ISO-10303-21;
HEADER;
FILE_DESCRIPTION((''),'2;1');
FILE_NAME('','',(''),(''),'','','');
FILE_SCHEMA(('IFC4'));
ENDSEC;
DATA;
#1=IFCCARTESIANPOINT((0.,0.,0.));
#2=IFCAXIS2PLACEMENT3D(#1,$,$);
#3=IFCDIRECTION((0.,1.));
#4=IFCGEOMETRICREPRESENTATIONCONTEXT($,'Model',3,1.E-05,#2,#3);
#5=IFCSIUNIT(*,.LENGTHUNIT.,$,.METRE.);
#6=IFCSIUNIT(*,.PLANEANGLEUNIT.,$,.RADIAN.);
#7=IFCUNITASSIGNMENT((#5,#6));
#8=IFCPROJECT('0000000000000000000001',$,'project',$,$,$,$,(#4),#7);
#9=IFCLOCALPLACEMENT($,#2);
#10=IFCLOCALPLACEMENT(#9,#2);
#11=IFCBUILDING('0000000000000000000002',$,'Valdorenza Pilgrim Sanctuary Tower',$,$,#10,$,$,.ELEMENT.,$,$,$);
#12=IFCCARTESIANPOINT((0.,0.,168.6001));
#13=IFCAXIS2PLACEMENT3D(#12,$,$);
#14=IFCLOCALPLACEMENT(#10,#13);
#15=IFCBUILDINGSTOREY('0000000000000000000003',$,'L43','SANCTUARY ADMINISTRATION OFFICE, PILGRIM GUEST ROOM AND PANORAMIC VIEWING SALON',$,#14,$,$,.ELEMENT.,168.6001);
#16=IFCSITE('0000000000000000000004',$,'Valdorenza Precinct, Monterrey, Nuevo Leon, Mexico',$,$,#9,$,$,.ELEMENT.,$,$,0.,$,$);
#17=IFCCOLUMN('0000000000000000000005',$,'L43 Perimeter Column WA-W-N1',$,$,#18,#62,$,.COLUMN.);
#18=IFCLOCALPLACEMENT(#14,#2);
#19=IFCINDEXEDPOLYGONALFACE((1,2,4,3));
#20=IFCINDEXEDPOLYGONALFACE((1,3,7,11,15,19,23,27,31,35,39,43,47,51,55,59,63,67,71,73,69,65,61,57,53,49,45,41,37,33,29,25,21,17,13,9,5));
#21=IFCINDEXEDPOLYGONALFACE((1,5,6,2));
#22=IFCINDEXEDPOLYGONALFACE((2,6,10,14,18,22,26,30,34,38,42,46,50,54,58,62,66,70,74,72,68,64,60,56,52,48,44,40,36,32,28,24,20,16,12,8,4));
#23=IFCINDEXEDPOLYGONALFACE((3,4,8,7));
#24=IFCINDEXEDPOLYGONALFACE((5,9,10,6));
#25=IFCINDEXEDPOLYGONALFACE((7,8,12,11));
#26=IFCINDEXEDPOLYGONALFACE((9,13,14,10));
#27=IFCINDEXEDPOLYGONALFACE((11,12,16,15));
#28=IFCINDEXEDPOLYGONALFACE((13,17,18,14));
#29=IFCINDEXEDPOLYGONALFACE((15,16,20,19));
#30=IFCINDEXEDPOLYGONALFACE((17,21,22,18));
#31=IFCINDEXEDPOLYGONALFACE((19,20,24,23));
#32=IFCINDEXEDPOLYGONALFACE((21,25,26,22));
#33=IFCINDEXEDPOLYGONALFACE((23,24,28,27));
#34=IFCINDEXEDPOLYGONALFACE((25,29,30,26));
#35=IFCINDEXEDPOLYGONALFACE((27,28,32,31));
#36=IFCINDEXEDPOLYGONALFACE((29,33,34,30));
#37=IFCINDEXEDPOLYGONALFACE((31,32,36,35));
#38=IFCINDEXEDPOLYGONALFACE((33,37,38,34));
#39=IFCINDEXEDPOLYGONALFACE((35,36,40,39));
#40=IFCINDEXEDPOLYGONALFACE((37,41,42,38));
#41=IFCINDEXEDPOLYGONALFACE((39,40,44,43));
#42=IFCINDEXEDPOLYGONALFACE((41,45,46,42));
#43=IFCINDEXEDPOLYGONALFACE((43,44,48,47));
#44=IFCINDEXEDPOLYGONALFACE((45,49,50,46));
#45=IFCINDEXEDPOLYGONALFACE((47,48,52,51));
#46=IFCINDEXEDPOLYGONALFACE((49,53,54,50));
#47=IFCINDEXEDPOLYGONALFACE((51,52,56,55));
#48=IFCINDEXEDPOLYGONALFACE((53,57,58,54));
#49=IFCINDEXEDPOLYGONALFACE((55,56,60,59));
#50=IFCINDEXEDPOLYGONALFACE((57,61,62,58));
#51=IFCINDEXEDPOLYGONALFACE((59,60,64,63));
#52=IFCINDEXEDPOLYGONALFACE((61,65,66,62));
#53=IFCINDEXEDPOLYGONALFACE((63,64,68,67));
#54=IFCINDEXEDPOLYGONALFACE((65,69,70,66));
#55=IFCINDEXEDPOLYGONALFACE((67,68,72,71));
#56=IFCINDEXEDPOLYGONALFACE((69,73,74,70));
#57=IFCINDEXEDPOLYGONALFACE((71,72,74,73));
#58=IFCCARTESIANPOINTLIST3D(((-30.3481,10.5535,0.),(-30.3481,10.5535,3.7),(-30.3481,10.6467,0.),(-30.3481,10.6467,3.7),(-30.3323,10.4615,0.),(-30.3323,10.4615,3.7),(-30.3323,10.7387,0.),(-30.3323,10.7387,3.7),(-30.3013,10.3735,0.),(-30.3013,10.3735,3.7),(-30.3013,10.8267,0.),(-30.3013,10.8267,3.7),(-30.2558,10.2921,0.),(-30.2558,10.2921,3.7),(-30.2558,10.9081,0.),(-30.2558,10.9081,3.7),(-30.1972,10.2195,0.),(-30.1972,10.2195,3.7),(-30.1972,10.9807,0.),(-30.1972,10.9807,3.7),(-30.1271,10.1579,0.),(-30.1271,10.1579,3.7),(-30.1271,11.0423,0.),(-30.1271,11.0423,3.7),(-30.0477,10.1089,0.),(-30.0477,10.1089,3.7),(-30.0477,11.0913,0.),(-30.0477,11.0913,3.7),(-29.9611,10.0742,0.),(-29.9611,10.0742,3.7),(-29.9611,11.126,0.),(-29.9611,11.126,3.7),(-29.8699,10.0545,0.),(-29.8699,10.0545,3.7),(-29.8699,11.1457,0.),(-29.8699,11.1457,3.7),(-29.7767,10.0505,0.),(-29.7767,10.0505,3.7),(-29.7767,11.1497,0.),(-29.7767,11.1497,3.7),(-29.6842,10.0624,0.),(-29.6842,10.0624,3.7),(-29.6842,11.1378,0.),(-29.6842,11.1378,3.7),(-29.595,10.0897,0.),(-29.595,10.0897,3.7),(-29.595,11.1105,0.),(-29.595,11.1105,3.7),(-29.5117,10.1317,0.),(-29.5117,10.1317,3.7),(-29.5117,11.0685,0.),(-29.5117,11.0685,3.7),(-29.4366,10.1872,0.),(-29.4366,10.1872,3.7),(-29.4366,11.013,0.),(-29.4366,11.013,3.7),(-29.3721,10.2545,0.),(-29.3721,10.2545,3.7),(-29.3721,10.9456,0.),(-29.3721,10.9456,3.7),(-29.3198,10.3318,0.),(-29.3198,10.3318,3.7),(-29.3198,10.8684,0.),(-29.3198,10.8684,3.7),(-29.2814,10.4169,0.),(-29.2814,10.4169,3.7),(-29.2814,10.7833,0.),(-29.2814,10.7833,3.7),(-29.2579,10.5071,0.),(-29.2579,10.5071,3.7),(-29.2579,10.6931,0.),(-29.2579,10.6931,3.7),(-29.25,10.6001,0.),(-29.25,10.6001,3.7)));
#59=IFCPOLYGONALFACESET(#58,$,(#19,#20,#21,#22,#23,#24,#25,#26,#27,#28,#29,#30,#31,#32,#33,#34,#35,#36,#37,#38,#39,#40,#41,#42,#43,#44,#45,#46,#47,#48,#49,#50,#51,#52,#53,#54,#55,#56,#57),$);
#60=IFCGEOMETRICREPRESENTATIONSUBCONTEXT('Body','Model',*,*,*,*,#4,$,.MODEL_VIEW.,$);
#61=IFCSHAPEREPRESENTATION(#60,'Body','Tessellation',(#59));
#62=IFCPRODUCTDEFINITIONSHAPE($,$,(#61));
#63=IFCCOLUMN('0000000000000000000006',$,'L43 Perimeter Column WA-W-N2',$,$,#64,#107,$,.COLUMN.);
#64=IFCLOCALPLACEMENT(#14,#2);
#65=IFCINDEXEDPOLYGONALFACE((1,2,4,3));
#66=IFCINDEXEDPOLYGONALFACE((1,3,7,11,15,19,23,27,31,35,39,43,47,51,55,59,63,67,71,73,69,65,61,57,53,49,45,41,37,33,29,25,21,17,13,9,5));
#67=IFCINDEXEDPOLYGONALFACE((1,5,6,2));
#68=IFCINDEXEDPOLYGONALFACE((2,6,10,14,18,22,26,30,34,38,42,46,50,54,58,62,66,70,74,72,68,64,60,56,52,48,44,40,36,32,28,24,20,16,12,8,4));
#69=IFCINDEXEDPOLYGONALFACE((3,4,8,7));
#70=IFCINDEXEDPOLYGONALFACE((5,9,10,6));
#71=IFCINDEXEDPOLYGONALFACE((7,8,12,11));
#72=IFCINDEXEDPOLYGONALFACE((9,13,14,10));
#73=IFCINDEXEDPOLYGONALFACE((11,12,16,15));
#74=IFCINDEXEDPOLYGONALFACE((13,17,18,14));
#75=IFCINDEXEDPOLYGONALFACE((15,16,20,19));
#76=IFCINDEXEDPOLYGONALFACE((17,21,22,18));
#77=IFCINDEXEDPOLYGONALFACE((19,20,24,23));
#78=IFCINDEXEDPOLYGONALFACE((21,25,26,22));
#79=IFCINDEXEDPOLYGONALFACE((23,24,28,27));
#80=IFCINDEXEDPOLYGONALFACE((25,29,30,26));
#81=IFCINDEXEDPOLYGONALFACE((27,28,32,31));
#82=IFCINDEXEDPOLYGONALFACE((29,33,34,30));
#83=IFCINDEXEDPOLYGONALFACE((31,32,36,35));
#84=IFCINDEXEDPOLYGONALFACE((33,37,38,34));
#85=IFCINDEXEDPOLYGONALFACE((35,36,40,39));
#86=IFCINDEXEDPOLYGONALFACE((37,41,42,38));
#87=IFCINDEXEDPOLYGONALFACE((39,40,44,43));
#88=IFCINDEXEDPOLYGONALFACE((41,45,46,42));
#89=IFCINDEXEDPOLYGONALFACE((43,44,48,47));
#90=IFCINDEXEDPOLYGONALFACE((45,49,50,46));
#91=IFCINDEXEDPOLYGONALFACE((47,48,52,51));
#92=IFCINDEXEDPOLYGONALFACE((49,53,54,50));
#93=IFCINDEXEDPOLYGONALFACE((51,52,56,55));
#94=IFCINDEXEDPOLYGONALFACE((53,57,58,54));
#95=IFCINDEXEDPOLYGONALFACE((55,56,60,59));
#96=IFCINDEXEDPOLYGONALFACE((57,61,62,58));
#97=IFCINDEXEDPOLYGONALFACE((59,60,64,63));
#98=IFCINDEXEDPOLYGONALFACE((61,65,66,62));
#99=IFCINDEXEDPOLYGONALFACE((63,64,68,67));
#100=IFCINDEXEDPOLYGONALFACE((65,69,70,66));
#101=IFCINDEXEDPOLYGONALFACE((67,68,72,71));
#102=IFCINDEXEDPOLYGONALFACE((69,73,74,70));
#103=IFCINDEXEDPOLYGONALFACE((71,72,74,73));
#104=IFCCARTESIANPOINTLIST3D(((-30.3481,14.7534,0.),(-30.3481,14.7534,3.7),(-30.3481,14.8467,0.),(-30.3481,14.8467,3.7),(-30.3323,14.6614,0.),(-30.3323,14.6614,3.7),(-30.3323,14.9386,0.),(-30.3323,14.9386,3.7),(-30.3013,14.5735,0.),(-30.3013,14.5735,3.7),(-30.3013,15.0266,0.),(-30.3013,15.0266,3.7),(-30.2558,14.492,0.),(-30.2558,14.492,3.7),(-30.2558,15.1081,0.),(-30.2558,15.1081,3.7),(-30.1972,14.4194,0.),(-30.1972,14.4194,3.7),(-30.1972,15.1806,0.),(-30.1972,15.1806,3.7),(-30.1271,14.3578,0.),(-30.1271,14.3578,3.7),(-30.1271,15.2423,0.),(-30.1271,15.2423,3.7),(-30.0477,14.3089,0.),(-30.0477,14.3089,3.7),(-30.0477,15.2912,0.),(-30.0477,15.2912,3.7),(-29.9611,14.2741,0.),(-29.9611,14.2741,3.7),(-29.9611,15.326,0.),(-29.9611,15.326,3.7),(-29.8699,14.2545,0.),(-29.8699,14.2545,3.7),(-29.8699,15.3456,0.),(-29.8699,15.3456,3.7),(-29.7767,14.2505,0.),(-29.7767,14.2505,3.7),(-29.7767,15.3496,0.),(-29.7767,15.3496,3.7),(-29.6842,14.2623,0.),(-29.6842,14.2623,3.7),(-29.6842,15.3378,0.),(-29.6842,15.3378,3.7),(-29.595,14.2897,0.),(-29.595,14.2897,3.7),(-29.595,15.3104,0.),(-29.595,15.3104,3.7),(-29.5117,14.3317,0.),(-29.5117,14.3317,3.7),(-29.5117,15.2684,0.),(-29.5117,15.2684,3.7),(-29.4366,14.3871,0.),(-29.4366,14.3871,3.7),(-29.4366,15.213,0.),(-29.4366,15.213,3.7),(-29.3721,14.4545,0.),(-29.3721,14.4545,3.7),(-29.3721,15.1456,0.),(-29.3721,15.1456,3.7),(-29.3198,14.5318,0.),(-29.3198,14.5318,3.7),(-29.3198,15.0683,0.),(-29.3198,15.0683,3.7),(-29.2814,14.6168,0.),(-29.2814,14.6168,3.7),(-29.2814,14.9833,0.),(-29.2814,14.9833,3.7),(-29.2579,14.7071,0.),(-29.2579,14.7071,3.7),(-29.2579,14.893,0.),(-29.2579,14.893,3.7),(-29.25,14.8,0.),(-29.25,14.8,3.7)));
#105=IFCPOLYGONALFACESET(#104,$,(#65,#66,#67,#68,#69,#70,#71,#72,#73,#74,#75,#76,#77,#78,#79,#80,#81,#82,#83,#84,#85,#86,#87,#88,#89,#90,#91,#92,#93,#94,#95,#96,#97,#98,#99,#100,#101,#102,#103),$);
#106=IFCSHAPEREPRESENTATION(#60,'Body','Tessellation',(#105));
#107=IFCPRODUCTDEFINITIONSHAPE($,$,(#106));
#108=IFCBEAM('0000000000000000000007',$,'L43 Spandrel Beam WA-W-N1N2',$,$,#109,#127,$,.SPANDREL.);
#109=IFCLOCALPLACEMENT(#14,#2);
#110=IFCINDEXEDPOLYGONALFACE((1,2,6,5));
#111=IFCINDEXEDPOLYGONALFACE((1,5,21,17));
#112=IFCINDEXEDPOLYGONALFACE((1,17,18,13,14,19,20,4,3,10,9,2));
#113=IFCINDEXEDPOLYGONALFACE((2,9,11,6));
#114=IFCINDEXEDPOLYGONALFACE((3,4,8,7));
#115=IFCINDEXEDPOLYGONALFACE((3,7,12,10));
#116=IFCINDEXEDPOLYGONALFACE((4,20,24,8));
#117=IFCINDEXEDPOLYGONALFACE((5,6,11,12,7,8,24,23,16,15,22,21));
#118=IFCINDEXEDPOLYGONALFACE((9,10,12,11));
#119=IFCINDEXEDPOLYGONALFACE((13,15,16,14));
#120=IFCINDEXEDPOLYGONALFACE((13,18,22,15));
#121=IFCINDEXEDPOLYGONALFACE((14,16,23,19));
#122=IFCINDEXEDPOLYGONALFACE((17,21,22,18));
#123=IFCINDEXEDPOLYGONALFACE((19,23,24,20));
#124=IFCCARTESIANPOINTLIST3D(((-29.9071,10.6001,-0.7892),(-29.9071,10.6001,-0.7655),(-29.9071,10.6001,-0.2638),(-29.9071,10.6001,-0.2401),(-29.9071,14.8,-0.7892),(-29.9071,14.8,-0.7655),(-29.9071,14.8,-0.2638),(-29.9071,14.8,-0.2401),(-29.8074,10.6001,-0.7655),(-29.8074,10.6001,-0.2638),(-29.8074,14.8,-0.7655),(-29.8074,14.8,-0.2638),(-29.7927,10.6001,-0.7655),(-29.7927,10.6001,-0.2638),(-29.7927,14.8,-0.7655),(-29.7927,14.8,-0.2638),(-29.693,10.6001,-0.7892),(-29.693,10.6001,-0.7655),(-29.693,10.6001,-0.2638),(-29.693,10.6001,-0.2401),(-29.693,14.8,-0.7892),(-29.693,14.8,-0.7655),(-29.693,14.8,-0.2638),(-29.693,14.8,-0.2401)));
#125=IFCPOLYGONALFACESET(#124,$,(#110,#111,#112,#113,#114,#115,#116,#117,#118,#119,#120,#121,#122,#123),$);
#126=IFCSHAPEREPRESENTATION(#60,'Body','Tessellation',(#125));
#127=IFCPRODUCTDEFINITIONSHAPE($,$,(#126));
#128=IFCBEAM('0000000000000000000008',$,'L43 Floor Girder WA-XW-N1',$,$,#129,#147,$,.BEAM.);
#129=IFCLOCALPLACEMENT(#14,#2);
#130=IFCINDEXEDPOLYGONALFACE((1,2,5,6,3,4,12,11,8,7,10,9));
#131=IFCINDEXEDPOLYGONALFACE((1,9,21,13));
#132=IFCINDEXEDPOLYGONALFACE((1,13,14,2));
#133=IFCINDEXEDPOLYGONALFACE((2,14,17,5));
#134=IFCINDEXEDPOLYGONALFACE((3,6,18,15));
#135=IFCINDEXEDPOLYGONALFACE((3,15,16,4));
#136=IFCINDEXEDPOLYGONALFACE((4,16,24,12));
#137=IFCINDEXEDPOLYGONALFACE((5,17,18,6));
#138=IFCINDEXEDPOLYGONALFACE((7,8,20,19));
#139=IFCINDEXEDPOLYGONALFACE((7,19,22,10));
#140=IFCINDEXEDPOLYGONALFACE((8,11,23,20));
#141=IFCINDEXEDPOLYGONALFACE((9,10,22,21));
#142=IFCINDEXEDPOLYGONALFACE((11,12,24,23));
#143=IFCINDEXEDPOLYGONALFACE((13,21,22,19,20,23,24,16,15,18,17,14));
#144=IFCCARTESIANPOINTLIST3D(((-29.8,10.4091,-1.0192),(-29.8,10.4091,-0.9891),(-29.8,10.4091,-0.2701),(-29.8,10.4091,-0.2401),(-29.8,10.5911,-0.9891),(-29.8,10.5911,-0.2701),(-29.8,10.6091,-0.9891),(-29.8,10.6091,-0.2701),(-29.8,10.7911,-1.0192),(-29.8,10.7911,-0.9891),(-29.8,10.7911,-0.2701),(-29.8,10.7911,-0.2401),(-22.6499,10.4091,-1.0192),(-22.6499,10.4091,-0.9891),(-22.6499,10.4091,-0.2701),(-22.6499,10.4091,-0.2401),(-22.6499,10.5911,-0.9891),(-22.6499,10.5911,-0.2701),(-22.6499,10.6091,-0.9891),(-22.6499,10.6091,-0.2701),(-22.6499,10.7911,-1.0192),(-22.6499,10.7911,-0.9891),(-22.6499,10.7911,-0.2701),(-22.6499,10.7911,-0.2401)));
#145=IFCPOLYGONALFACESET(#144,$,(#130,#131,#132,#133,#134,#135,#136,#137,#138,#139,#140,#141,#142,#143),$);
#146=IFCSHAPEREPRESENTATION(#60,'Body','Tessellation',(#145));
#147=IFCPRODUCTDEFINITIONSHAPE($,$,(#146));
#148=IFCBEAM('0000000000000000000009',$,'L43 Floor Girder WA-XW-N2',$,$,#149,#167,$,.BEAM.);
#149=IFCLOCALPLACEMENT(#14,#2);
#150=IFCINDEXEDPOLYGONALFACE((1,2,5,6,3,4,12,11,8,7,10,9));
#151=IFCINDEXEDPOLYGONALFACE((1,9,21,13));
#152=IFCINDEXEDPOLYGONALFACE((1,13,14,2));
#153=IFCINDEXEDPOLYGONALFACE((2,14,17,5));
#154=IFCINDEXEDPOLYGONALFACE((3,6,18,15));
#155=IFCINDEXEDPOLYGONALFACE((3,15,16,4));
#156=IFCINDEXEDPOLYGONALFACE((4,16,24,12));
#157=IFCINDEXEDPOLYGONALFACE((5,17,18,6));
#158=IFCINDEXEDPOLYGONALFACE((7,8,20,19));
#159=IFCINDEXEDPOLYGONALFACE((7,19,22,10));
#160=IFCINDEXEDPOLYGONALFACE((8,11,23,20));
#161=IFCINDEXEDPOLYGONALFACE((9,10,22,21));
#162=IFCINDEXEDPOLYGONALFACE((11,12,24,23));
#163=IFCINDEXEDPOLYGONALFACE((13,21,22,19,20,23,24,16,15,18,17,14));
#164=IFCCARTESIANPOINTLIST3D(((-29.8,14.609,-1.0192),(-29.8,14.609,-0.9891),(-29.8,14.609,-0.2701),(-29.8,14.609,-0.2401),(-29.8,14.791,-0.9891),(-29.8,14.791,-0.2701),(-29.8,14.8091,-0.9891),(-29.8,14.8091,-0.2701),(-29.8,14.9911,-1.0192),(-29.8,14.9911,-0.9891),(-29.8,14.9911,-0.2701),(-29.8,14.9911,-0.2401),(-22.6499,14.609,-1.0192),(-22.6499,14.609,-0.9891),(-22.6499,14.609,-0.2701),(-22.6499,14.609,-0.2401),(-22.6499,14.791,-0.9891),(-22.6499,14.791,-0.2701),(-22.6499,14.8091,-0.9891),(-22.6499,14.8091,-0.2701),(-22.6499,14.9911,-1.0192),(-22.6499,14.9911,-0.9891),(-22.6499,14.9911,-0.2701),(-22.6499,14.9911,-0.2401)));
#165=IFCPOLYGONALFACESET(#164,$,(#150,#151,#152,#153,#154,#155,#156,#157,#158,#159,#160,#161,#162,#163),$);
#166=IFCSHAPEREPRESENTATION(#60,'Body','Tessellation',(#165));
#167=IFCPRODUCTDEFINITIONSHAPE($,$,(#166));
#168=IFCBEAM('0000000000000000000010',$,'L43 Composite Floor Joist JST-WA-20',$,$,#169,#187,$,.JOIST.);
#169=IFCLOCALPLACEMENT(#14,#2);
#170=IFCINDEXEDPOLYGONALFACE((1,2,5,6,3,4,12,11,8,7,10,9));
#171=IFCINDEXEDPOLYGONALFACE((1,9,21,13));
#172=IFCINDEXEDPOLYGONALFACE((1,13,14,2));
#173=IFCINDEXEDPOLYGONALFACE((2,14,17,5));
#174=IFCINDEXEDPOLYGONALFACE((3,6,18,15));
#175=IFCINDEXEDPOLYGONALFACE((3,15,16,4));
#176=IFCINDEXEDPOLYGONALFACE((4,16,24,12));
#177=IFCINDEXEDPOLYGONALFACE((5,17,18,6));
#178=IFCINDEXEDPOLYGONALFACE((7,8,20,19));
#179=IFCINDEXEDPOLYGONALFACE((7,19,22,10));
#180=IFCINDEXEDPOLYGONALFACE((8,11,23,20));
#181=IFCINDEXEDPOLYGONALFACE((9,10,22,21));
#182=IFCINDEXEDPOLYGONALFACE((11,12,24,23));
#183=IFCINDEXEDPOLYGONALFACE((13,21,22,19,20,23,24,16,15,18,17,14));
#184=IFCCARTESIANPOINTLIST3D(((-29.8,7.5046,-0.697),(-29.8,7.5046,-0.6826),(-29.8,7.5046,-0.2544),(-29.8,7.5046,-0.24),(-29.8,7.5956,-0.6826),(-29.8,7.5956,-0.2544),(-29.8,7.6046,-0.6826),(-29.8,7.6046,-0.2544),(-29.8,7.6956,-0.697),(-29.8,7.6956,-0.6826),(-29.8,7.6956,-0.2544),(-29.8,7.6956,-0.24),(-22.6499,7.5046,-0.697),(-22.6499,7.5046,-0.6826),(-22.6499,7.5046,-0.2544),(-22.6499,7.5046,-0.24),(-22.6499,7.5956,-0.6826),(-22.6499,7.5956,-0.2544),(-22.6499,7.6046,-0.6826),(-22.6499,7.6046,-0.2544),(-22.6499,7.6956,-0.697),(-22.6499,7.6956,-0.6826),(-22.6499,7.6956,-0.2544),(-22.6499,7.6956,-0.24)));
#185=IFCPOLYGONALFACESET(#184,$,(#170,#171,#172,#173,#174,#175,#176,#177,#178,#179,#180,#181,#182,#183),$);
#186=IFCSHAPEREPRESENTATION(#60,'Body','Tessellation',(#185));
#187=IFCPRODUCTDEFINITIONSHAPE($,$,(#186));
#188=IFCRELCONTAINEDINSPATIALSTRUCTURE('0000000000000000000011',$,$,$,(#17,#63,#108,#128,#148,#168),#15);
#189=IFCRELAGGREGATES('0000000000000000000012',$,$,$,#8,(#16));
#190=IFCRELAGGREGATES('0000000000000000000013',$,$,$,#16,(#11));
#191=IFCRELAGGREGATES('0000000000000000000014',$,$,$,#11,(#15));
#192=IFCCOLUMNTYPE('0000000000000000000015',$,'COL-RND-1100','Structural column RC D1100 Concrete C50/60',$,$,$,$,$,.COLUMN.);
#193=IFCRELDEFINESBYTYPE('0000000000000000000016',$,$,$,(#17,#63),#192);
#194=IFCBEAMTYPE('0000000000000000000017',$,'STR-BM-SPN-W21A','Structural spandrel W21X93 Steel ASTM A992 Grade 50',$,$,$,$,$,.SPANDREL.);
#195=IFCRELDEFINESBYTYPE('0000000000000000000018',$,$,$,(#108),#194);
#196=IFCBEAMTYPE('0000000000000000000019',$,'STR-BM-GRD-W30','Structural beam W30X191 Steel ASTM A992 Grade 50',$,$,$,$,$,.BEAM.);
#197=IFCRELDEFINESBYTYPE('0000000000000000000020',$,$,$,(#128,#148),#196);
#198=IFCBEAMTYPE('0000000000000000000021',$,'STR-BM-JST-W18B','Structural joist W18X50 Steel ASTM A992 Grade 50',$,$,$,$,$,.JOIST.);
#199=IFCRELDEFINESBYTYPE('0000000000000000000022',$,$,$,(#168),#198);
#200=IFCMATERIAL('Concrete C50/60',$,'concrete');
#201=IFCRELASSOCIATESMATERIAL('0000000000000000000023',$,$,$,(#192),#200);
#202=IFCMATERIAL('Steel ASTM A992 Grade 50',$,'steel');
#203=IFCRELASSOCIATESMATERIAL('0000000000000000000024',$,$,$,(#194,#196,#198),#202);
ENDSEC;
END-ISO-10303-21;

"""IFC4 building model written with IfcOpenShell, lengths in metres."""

from ifc_helpers import new_model, si_unit, direction, frame, origin, origin_2d, place, context, subcontext, project, spatial, circle, i_section, extrude, source, transform, mapped, material, material_profile, profile_set, type_object, element, save


model = new_model("IFC4")

# Units and contexts
model_context = context("Model", 3, precision=1e-05, world=origin(), true_north=direction((0.0, 1.0)))
body_context = subcontext(model_context, "Body", "Model", "MODEL_VIEW")
ifc_project = project(units=[si_unit("LENGTHUNIT", "METRE"), si_unit("PLANEANGLEUNIT", "RADIAN")], contexts=[model_context])

# Site, building, storey
site_placement = place(None, origin())
site = spatial("IfcSite", under=ifc_project, at=site_placement, Name="Valdorenza Precinct, Monterrey, Nuevo Leon, Mexico", CompositionType="ELEMENT", RefElevation=0.0)
building_placement = place(site_placement, origin())
building = spatial("IfcBuilding", under=site, at=building_placement, Name="Valdorenza Pilgrim Sanctuary Tower", CompositionType="ELEMENT")
storey_placement = place(building_placement, frame((0.0, 0.0, 168.6001)))
storey = spatial("IfcBuildingStorey", under=building, at=storey_placement, Name="L43", Description="SANCTUARY ADMINISTRATION OFFICE, PILGRIM GUEST ROOM AND PANORAMIC VIEWING SALON", CompositionType="ELEMENT", Elevation=168.6001)

# Columns
ifc_material_1 = material(Name="Concrete C50/60", Category="concrete")
ifc_material_profile_1 = material_profile(ifc_material_1, circle(Radius=0.55, at=origin_2d()), Name="RC D1100")
ifc_profile_set_1 = profile_set([ifc_material_profile_1], Name="Concrete C50/60")
column_type = type_object("IfcColumnType", Name="COL-RND-1100", Description="Structural column RC D1100 Concrete C50/60", PredefinedType="COLUMN", material=ifc_profile_set_1)
shared_shape_1 = source(origin(), body_context, "Body", "SweptSolid", [
    extrude(circle(Radius=0.55, at=origin_2d()), origin(), (0.0, 0.0, 1.0), 3.7),
])
for number, where, z_axis, x_axis, name in (
    (1, (-29.8, 10.6001, 0.0), (0.0, 0.0, 1.0), (1.0, 0.0, 0.0), "L43 Perimeter Column WA-W-N1"),
    (2, (-29.8, 14.8, 0.0), (0.0, 0.0, 1.0), (1.0, 0.0, 0.0), "L43 Perimeter Column WA-W-N2"),
):
    element("IfcColumn", number, at=place(storey_placement, frame(where, z_axis=z_axis, x_axis=x_axis)), inside=storey, type_object=column_type, Name=name, PredefinedType="COLUMN", context=body_context, shape_type="MappedRepresentation", body=[
        mapped(shared_shape_1, transform((0.0, 0.0, 0.0), x_axis=(1.0, 0.0, 0.0), y_axis=(0.0, 1.0, 0.0), z_axis=(0.0, 0.0, 1.0), scale=1.0)),
    ])

# Beams
ifc_material_2 = material(Name="Steel ASTM A992 Grade 50", Category="steel")
ifc_material_profile_2 = material_profile(ifc_material_2, i_section(OverallWidth=0.2141, OverallDepth=0.5491, WebThickness=0.0146, FlangeThickness=0.0237, at=origin_2d()), Name="W21X93")
ifc_profile_set_2 = profile_set([ifc_material_profile_2], Name="Steel ASTM A992 Grade 50")
beam_type_1 = type_object("IfcBeamType", Name="STR-BM-SPN-W21A", Description="Structural spandrel W21X93 Steel ASTM A992 Grade 50", PredefinedType="SPANDREL", material=ifc_profile_set_2)
shared_shape_2 = source(origin(), body_context, "Body", "SweptSolid", [
    extrude(i_section(OverallWidth=0.2141, OverallDepth=0.5491, WebThickness=0.0146, FlangeThickness=0.0237, at=origin_2d()), origin(), (0.0, 0.0, 1.0), 4.2),
])
beam_placement = place(storey_placement, frame((-29.8, 10.6001, -0.5146), z_axis=(0.0, 1.0, 0.0), x_axis=(-1.0, 0.0, 0.0)))
element("IfcBeam", 3, at=beam_placement, inside=storey, type_object=beam_type_1, Name="L43 Spandrel Beam WA-W-N1N2", PredefinedType="SPANDREL", context=body_context, shape_type="MappedRepresentation", body=[
    mapped(shared_shape_2, transform((0.0, 0.0, 0.0), x_axis=(1.0, 0.0, 0.0), y_axis=(0.0, 1.0, 0.0), z_axis=(0.0, 0.0, 1.0), scale=1.0)),
])
ifc_material_profile_3 = material_profile(ifc_material_2, i_section(OverallWidth=0.3821, OverallDepth=0.7791, WebThickness=0.0181, FlangeThickness=0.03, at=origin_2d()), Name="W30X191")
ifc_profile_set_3 = profile_set([ifc_material_profile_3], Name="Steel ASTM A992 Grade 50")
beam_type_2 = type_object("IfcBeamType", Name="STR-BM-GRD-W30", Description="Structural beam W30X191 Steel ASTM A992 Grade 50", PredefinedType="BEAM", material=ifc_profile_set_3)
shared_shape_3 = source(origin(), body_context, "Body", "SweptSolid", [
    extrude(i_section(OverallWidth=0.3821, OverallDepth=0.7791, WebThickness=0.0181, FlangeThickness=0.03, at=origin_2d()), origin(), (0.0, 0.0, 1.0), 7.1501),
])
for number, where, z_axis, x_axis, name in (
    (4, (-29.8, 10.6001, -0.6296), (1.0, 0.0, 0.0), (0.0, 1.0, 0.0), "L43 Floor Girder WA-XW-N1"),
    (5, (-29.8, 14.8, -0.6296), (1.0, 0.0, 0.0), (0.0, 1.0, 0.0), "L43 Floor Girder WA-XW-N2"),
):
    element("IfcBeam", number, at=place(storey_placement, frame(where, z_axis=z_axis, x_axis=x_axis)), inside=storey, type_object=beam_type_2, Name=name, PredefinedType="BEAM", context=body_context, shape_type="MappedRepresentation", body=[
        mapped(shared_shape_3, transform((0.0, 0.0, 0.0), x_axis=(1.0, 0.0, 0.0), y_axis=(0.0, 1.0, 0.0), z_axis=(0.0, 0.0, 1.0), scale=1.0)),
    ])
ifc_material_profile_4 = material_profile(ifc_material_2, i_section(OverallWidth=0.1909, OverallDepth=0.457, WebThickness=0.009, FlangeThickness=0.0144, at=origin_2d()), Name="W18X50")
ifc_profile_set_4 = profile_set([ifc_material_profile_4], Name="Steel ASTM A992 Grade 50")
beam_type_3 = type_object("IfcBeamType", Name="STR-BM-JST-W18B", Description="Structural joist W18X50 Steel ASTM A992 Grade 50", PredefinedType="JOIST", material=ifc_profile_set_4)
shared_shape_4 = source(origin(), body_context, "Body", "SweptSolid", [
    extrude(i_section(OverallWidth=0.1909, OverallDepth=0.457, WebThickness=0.009, FlangeThickness=0.0144, at=origin_2d()), origin(), (0.0, 0.0, 1.0), 7.1501),
])
for number, where, z_axis, x_axis, name in (
    (6, (-29.8, 7.6001, -0.4685), (1.0, 0.0, 0.0), (0.0, 1.0, 0.0), "L43 Composite Floor Joist JST-WA-20"),
):
    element("IfcBeam", number, at=place(storey_placement, frame(where, z_axis=z_axis, x_axis=x_axis)), inside=storey, type_object=beam_type_3, Name=name, PredefinedType="JOIST", context=body_context, shape_type="MappedRepresentation", body=[
        mapped(shared_shape_4, transform((0.0, 0.0, 0.0), x_axis=(1.0, 0.0, 0.0), y_axis=(0.0, 1.0, 0.0), z_axis=(0.0, 0.0, 1.0), scale=1.0)),
    ])

save(model, "model.ifc")
